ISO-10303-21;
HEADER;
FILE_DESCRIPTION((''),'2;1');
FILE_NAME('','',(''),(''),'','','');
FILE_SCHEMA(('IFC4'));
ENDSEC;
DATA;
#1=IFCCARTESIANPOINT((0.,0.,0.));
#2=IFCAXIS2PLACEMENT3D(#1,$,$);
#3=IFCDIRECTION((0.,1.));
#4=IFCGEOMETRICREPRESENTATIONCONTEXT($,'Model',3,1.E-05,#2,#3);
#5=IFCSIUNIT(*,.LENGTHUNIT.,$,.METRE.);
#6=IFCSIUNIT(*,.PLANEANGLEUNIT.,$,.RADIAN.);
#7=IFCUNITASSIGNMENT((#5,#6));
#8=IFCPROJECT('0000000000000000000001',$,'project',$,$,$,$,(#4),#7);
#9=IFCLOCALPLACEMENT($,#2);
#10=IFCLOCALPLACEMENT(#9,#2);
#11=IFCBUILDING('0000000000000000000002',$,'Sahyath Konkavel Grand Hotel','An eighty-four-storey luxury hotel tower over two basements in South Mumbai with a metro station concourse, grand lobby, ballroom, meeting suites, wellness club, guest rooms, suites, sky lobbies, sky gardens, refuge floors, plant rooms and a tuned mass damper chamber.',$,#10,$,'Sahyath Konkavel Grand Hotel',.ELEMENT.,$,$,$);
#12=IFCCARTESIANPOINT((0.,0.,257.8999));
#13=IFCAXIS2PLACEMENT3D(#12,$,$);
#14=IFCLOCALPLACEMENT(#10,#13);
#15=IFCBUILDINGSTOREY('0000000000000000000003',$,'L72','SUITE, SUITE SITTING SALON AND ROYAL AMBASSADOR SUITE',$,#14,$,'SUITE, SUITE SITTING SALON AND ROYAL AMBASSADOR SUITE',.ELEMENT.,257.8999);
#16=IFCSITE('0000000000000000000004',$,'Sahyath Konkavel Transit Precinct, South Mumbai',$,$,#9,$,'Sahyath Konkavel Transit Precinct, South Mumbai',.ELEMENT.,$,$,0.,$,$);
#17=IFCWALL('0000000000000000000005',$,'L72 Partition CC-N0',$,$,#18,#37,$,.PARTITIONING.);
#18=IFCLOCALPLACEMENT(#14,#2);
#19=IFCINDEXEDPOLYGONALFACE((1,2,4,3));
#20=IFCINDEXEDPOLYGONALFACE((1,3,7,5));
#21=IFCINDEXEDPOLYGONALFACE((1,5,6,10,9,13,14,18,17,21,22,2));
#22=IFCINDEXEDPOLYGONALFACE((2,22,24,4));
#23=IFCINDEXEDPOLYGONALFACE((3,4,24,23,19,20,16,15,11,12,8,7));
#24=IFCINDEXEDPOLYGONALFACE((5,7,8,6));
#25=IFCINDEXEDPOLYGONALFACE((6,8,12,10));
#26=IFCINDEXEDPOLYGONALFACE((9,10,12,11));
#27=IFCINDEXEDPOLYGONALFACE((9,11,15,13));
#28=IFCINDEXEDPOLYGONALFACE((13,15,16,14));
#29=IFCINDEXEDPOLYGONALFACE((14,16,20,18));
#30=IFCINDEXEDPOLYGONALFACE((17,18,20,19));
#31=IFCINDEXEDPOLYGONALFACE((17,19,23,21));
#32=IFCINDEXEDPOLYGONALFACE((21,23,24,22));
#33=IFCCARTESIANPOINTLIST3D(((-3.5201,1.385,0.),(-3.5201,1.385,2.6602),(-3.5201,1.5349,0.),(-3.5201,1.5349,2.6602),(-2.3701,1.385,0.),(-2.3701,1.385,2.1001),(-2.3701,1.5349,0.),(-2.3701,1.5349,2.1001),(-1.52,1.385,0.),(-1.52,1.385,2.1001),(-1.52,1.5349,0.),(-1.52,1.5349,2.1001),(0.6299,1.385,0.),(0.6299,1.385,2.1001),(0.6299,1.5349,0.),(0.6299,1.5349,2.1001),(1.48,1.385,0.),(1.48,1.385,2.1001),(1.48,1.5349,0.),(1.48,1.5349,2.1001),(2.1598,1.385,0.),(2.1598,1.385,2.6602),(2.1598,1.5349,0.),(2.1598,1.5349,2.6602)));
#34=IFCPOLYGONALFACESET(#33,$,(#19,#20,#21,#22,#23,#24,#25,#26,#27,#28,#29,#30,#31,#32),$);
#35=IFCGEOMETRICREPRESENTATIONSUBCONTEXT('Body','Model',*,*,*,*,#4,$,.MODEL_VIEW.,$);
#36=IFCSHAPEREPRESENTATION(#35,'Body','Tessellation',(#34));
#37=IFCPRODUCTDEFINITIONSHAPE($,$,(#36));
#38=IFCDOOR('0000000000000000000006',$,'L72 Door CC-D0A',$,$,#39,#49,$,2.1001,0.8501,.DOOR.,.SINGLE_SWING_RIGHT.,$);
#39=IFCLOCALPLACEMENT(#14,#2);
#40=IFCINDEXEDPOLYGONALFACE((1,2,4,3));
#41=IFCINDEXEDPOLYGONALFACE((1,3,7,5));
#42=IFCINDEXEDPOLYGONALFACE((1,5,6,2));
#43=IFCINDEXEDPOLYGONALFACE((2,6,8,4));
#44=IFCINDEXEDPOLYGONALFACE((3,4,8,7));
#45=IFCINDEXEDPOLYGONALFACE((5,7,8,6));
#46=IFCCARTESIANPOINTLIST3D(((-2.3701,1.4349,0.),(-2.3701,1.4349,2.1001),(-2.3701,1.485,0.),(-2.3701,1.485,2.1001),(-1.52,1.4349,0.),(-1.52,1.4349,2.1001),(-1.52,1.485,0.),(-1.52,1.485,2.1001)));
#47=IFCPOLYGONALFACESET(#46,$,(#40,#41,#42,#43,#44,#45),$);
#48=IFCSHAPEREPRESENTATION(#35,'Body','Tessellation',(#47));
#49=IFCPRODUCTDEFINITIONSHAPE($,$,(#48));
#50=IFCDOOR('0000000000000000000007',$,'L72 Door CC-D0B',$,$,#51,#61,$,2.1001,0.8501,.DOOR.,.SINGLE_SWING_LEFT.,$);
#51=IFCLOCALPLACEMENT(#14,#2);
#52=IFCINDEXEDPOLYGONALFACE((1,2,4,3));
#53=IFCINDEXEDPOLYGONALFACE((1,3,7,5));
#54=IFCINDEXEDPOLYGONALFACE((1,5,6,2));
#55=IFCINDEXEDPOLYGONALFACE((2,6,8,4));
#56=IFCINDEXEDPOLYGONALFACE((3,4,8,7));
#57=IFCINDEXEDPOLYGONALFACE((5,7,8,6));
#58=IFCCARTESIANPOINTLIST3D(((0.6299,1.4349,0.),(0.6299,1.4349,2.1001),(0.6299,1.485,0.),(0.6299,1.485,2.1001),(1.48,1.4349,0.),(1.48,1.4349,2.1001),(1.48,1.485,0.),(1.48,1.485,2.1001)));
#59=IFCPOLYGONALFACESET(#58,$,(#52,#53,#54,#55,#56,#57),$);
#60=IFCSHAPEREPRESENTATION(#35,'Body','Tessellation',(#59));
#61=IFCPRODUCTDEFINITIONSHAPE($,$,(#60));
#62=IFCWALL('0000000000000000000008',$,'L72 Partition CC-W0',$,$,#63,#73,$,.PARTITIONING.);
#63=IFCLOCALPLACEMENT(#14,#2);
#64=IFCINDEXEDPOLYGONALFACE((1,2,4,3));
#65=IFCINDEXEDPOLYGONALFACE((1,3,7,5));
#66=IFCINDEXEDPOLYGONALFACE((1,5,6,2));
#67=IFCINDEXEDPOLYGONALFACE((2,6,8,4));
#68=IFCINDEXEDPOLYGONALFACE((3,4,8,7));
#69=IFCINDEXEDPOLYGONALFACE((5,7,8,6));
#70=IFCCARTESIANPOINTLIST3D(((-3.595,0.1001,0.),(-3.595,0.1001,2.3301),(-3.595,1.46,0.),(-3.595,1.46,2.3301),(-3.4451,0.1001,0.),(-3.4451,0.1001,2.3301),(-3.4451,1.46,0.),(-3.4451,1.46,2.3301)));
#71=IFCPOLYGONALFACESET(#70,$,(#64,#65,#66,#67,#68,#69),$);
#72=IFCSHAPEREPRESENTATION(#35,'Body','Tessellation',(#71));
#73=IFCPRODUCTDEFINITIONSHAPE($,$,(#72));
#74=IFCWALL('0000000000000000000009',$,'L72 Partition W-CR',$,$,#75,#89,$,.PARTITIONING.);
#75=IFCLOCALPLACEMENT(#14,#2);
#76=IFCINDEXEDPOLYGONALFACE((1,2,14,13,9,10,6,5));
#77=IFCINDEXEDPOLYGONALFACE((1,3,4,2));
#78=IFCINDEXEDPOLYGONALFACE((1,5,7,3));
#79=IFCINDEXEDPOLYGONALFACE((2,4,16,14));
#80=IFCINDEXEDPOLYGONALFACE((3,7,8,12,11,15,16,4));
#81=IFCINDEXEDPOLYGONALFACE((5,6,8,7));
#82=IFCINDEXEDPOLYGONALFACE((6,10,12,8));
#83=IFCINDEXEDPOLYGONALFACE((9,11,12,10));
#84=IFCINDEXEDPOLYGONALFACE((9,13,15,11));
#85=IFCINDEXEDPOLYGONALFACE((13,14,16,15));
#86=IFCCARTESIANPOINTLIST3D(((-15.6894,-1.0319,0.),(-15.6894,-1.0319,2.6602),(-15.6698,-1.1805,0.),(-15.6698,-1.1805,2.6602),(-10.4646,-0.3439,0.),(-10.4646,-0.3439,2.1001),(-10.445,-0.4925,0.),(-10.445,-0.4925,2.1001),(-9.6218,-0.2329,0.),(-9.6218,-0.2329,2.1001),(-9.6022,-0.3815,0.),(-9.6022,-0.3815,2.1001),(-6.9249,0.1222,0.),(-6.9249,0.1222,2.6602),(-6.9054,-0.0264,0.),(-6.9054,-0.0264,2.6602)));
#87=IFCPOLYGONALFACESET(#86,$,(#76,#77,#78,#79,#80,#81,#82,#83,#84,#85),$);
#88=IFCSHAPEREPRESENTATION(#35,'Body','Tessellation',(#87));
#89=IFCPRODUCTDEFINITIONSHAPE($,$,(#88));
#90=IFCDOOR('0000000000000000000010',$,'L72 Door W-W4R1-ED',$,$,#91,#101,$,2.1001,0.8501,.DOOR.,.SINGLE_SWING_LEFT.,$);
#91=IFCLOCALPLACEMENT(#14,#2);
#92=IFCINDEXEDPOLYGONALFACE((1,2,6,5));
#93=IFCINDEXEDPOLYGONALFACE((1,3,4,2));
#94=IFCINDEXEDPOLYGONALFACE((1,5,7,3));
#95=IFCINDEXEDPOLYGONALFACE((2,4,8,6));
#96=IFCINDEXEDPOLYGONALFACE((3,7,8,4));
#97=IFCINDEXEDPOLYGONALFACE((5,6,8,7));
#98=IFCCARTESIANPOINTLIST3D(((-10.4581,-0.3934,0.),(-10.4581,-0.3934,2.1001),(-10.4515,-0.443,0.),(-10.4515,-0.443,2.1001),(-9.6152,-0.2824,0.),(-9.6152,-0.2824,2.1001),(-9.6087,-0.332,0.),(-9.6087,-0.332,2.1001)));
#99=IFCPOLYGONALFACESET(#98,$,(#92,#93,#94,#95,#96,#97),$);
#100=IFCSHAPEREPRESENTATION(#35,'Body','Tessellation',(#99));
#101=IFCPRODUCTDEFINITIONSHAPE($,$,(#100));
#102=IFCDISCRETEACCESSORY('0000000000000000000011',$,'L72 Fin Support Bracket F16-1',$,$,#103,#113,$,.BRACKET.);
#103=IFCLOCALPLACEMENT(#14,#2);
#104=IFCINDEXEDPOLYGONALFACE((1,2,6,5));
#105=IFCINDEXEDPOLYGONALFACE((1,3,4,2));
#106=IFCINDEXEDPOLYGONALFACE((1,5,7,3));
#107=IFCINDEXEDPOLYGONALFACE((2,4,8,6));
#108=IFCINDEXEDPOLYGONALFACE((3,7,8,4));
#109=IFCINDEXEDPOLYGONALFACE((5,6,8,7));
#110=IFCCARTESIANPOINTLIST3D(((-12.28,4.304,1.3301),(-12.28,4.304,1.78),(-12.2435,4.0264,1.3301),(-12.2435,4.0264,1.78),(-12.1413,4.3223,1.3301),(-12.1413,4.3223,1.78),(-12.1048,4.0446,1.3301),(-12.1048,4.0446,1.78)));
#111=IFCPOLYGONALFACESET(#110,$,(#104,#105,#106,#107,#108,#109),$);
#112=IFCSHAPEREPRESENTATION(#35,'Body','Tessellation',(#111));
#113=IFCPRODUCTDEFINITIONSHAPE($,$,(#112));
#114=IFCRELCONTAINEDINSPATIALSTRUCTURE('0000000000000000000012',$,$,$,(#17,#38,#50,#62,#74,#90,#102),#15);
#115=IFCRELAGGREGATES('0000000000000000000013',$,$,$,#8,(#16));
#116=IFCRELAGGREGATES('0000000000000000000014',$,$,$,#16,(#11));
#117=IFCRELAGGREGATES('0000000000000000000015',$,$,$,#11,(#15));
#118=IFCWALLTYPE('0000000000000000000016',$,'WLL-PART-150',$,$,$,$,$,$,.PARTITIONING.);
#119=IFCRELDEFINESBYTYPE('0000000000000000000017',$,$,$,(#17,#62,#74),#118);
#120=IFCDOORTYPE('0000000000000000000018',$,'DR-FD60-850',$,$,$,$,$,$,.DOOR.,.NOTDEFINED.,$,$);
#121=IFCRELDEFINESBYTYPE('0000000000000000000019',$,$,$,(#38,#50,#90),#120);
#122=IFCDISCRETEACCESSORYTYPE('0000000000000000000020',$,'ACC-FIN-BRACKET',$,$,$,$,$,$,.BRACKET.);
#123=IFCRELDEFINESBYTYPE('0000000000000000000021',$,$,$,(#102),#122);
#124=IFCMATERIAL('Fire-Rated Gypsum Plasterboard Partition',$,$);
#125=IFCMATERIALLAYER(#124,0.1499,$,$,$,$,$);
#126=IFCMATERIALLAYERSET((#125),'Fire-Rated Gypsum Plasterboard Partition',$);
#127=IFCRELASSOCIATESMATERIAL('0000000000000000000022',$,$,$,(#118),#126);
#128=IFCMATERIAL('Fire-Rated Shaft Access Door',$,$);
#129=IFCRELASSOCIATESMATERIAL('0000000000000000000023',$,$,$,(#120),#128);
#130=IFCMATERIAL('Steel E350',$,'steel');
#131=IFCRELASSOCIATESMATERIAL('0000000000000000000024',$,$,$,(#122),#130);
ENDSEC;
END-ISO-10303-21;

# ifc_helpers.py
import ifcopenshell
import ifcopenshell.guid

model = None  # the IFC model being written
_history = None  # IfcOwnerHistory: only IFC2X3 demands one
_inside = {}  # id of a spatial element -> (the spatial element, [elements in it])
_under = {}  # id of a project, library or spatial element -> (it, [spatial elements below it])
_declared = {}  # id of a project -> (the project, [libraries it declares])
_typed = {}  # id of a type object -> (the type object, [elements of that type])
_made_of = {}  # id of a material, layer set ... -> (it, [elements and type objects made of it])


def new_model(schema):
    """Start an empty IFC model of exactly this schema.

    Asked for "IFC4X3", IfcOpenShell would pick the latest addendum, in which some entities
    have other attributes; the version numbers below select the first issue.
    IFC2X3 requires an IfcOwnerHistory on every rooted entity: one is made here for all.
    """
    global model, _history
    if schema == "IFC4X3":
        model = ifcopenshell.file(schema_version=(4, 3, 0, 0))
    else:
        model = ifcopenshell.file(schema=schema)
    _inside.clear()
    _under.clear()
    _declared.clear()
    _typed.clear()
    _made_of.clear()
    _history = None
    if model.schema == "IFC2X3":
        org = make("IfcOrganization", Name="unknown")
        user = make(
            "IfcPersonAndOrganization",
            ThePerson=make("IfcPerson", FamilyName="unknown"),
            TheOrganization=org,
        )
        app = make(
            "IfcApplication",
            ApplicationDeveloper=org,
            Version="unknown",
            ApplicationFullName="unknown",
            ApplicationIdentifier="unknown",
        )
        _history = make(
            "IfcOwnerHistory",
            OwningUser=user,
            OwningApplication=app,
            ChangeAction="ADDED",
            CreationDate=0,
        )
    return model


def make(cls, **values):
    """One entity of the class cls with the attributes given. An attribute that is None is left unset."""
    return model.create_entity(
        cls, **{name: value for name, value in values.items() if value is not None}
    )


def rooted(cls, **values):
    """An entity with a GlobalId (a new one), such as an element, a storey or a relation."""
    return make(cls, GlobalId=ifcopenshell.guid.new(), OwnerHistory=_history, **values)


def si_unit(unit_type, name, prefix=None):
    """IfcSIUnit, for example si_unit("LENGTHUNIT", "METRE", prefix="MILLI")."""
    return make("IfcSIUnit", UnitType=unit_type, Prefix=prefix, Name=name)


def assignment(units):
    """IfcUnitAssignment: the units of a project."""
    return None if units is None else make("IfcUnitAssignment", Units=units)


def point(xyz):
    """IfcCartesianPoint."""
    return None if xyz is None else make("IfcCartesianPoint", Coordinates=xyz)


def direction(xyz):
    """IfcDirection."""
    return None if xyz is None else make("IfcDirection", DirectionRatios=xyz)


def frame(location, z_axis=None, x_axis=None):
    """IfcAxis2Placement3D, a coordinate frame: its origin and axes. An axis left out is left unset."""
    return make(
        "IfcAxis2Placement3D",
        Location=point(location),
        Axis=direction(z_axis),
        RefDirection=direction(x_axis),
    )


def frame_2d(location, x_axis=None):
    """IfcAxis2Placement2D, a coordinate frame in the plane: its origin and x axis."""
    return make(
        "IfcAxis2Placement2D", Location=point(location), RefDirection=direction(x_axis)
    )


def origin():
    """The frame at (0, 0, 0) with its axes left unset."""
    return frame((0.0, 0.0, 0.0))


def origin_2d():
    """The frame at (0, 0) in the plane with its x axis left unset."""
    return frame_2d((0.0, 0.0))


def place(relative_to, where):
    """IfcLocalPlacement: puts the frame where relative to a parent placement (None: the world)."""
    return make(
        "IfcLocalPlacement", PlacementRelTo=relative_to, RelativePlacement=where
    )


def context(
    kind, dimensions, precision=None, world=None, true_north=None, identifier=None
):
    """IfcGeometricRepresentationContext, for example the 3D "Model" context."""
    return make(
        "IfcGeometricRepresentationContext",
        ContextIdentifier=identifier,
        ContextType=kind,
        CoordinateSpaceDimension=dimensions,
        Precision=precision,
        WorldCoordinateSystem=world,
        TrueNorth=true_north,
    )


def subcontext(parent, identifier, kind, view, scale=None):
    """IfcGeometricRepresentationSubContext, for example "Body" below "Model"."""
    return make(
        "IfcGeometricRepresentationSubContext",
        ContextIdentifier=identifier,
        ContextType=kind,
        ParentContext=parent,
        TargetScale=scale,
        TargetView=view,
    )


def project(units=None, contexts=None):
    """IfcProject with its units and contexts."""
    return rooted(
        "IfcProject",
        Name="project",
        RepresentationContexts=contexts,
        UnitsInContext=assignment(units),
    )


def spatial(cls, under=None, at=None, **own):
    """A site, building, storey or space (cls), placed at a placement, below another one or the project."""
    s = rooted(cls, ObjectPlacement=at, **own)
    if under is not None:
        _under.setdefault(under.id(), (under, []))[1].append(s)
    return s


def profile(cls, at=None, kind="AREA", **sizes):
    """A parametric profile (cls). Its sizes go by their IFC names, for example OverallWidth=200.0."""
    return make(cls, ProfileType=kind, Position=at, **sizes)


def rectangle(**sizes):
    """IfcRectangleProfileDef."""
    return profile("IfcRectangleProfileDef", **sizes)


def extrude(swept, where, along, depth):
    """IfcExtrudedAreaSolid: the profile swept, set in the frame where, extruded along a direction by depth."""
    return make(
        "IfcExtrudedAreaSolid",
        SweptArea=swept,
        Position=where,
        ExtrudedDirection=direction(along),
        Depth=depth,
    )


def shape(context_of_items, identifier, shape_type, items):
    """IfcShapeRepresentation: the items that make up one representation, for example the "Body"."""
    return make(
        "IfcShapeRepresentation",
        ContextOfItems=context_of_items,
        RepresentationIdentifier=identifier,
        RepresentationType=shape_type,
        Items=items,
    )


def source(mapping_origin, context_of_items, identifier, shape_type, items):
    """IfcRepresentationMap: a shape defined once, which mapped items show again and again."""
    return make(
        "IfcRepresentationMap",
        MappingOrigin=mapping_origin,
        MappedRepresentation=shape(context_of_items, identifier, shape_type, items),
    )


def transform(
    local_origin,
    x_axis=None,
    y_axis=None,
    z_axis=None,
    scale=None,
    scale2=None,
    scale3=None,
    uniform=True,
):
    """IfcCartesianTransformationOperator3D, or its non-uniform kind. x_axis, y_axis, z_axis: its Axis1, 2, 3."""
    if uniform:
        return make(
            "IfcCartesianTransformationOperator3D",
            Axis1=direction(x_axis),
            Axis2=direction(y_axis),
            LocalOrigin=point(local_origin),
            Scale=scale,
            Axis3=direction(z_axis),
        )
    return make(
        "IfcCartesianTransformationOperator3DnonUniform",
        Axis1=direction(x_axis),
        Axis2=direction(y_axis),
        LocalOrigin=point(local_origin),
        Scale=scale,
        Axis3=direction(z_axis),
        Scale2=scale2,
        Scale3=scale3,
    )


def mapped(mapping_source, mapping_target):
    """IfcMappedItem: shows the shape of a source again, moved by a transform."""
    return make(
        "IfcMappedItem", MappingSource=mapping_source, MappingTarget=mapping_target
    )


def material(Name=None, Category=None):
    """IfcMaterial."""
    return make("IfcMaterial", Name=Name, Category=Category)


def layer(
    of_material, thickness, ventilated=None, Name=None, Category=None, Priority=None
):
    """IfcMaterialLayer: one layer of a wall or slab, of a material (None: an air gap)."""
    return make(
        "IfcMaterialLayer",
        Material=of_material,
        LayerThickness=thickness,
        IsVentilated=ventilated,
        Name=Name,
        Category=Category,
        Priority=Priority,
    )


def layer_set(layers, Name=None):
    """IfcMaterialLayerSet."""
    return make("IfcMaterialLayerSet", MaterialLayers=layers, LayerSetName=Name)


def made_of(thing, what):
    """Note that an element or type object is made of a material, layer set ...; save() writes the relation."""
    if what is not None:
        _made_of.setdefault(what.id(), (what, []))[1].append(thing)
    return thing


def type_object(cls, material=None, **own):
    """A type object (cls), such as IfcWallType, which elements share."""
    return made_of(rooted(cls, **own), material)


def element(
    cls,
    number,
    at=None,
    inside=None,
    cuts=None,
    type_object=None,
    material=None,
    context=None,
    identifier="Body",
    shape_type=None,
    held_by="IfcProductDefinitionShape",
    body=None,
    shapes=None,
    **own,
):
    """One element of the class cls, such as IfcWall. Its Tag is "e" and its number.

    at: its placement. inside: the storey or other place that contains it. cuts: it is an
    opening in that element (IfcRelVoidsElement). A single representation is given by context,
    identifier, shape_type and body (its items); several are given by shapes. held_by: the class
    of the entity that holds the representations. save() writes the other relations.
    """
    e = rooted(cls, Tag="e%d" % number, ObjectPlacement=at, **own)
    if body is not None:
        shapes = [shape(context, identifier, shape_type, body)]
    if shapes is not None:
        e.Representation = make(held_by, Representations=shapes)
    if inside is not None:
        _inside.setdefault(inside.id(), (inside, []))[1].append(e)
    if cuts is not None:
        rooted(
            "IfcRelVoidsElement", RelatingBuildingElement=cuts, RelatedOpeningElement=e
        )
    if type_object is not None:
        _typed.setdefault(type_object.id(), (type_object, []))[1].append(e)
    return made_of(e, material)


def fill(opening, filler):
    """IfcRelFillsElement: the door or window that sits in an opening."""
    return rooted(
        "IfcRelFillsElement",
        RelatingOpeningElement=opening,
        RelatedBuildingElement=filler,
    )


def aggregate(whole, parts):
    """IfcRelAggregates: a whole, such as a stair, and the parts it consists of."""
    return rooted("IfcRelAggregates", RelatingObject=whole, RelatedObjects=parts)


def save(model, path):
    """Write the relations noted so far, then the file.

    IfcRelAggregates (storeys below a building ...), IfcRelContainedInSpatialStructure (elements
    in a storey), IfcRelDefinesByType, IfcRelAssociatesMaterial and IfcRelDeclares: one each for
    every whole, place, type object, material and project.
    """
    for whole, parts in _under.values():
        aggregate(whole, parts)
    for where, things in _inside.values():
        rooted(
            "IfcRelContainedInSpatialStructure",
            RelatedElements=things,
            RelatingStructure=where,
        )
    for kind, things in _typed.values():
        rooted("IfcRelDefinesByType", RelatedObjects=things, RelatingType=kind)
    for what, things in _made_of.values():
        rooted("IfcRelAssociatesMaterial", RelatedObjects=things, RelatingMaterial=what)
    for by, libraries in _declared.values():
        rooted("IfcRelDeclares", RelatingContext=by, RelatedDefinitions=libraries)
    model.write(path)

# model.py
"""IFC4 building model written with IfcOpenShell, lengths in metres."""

from ifc_helpers import new_model, si_unit, direction, frame, frame_2d, origin, origin_2d, place, context, subcontext, project, spatial, rectangle, extrude, source, transform, mapped, material, layer, layer_set, type_object, element, fill, save


model = new_model("IFC4")

# Units and contexts
model_context = context("Model", 3, precision=1e-05, world=origin(), true_north=direction((0.0, 1.0)))
body_context = subcontext(model_context, "Body", "Model", "MODEL_VIEW")
ifc_project = project(units=[si_unit("LENGTHUNIT", "METRE"), si_unit("PLANEANGLEUNIT", "RADIAN")], contexts=[model_context])

# Site, building, storey
site_placement = place(None, origin())
site = spatial("IfcSite", under=ifc_project, at=site_placement, Name="Sahyath Konkavel Transit Precinct, South Mumbai", LongName="Sahyath Konkavel Transit Precinct, South Mumbai", CompositionType="ELEMENT", RefElevation=0.0)
building_placement = place(site_placement, origin())
building = spatial("IfcBuilding", under=site, at=building_placement, Name="Sahyath Konkavel Grand Hotel", Description="An eighty-four-storey luxury hotel tower over two basements in South Mumbai with a metro station concourse, grand lobby, ballroom, meeting suites, wellness club, guest rooms, suites, sky lobbies, sky gardens, refuge floors, plant rooms and a tuned mass damper chamber.", LongName="Sahyath Konkavel Grand Hotel", CompositionType="ELEMENT")
storey_placement = place(building_placement, frame((0.0, 0.0, 257.8999)))
storey = spatial("IfcBuildingStorey", under=building, at=storey_placement, Name="L72", Description="SUITE, SUITE SITTING SALON AND ROYAL AMBASSADOR SUITE", LongName="SUITE, SUITE SITTING SALON AND ROYAL AMBASSADOR SUITE", CompositionType="ELEMENT", Elevation=257.8999)

# Shared definitions
ifc_material_1 = material(Name="Steel E350", Category="steel")

# Shared definitions
ifc_material_2 = material(Name="Fire-Rated Gypsum Plasterboard Partition")
ifc_layer_1 = layer(ifc_material_2, 0.1499)
ifc_layer_set_1 = layer_set([ifc_layer_1], Name="Fire-Rated Gypsum Plasterboard Partition")
wall_type_1 = type_object("IfcWallType", Name="WLL-PART-150", PredefinedType="PARTITIONING", material=ifc_layer_set_1)

# Wall, openings, doors
wall_1_placement = place(storey_placement, frame((-3.52, 1.46, 0.0), z_axis=(0.0, 0.0, 1.0), x_axis=(1.0, 0.0, 0.0)))
wall_1 = element("IfcWall", 1, at=wall_1_placement, inside=storey, type_object=wall_type_1, Name="L72 Partition CC-N0", PredefinedType="PARTITIONING", context=body_context, shape_type="SweptSolid", body=[
    extrude(rectangle(XDim=5.6799, YDim=0.1499, at=frame_2d((2.8398, 0.0))), origin(), (0.0, 0.0, 1.0), 2.6602),
])
opening_1_placement = place(wall_1_placement, frame((1.1499, 0.0, 0.0)))
opening_1 = element("IfcOpeningElement", 2, at=opening_1_placement, cuts=wall_1, PredefinedType="OPENING", context=body_context, shape_type="SweptSolid", body=[
    extrude(rectangle(XDim=0.8501, YDim=2.1001, at=frame_2d((0.425, 1.05))), frame((0.0, 0.085, 0.0), z_axis=(0.0, -1.0, 0.0), x_axis=(1.0, 0.0, 0.0)), (0.0, 0.0, 1.0), 0.1699),
])
opening_2_placement = place(wall_1_placement, frame((4.1499, 0.0, 0.0)))
opening_2 = element("IfcOpeningElement", 3, at=opening_2_placement, cuts=wall_1, PredefinedType="OPENING", context=body_context, shape_type="SweptSolid", body=[
    extrude(rectangle(XDim=0.8501, YDim=2.1001, at=frame_2d((0.425, 1.05))), frame((0.0, 0.085, 0.0), z_axis=(0.0, -1.0, 0.0), x_axis=(1.0, 0.0, 0.0)), (0.0, 0.0, 1.0), 0.1699),
])
ifc_material_3 = material(Name="Fire-Rated Shaft Access Door")
door_type_1 = type_object("IfcDoorType", Name="DR-FD60-850", OperationType="NOTDEFINED", PredefinedType="DOOR", material=ifc_material_3)
shared_shape_1 = source(origin(), body_context, "Body", "SweptSolid", [
    extrude(rectangle(XDim=0.8501, YDim=0.05, at=origin_2d()), origin(), (0.0, 0.0, 1.0), 2.1001),
])
door_1_placement = place(opening_1_placement, frame((0.425, 0.0, 0.0)))
door_1 = element("IfcDoor", 4, at=door_1_placement, inside=storey, type_object=door_type_1, Name="L72 Door CC-D0A", OperationType="SINGLE_SWING_RIGHT", OverallHeight=2.1001, OverallWidth=0.8501, PredefinedType="DOOR", context=body_context, shape_type="MappedRepresentation", body=[
    mapped(shared_shape_1, transform((0.0, 0.0, 0.0), scale=1.0)),
])
fill(opening_1, door_1)
door_2_placement = place(opening_2_placement, frame((0.425, 0.0, 0.0)))
door_2 = element("IfcDoor", 5, at=door_2_placement, inside=storey, type_object=door_type_1, Name="L72 Door CC-D0B", OperationType="SINGLE_SWING_LEFT", OverallHeight=2.1001, OverallWidth=0.8501, PredefinedType="DOOR", context=body_context, shape_type="MappedRepresentation", body=[
    mapped(shared_shape_1, transform((0.0, 0.0, 0.0), scale=1.0)),
])
fill(opening_2, door_2)

# Wall
wall_2_placement = place(storey_placement, frame((-3.52, 0.1001, 0.0), z_axis=(0.0, 0.0, 1.0), x_axis=(0.0, 1.0, 0.0)))
element("IfcWall", 6, at=wall_2_placement, inside=storey, type_object=wall_type_1, Name="L72 Partition CC-W0", PredefinedType="PARTITIONING", context=body_context, shape_type="SweptSolid", body=[
    extrude(rectangle(XDim=1.3599, YDim=0.1499, at=frame_2d((0.6799, 0.0))), origin(), (0.0, 0.0, 1.0), 2.3301),
])

# Wall, opening, door
wall_3_placement = place(storey_placement, frame((-6.9153, 0.0479, 0.0), z_axis=(0.0, 0.0, 1.0), x_axis=(-0.991442, -0.130548, 0.0)))
wall_3 = element("IfcWall", 7, at=wall_3_placement, inside=storey, type_object=wall_type_1, Name="L72 Partition W-CR", PredefinedType="PARTITIONING", context=body_context, shape_type="SweptSolid", body=[
    extrude(rectangle(XDim=8.8401, YDim=0.1499, at=frame_2d((4.4199, 0.0))), origin(), (0.0, 0.0, 1.0), 2.6602),
])
opening_3_placement = place(wall_3_placement, frame((2.72, 0.0, 0.0)))
opening_3 = element("IfcOpeningElement", 8, at=opening_3_placement, cuts=wall_3, PredefinedType="OPENING", context=body_context, shape_type="SweptSolid", body=[
    extrude(rectangle(XDim=0.8501, YDim=2.1001, at=frame_2d((0.425, 1.05))), frame((0.0, 0.085, 0.0), z_axis=(0.0, -1.0, 0.0), x_axis=(1.0, 0.0, 0.0)), (0.0, 0.0, 1.0), 0.1699),
])
door_3_placement = place(opening_3_placement, frame((0.425, 0.0, 0.0)))
door_3 = element("IfcDoor", 9, at=door_3_placement, inside=storey, type_object=door_type_1, Name="L72 Door W-W4R1-ED", OperationType="SINGLE_SWING_LEFT", OverallHeight=2.1001, OverallWidth=0.8501, PredefinedType="DOOR", context=body_context, shape_type="MappedRepresentation", body=[
    mapped(shared_shape_1, transform((0.0, 0.0, 0.0), scale=1.0)),
])
fill(opening_3, door_3)

# Discrete accessory
discrete_accessory_type = type_object("IfcDiscreteAccessoryType", Name="ACC-FIN-BRACKET", PredefinedType="BRACKET", material=ifc_material_1)
shared_shape_2 = source(origin(), body_context, "Body", "SweptSolid", [
    extrude(rectangle(XDim=0.28, YDim=0.1399, at=origin_2d()), origin(), (0.0, 0.0, 1.0), 0.45),
])
discrete_accessory_placement = place(storey_placement, frame((-12.1924, 4.1743, 1.3301), z_axis=(0.0, 0.0, 1.0), x_axis=(-0.130526, 0.991445, 0.0)))
element("IfcDiscreteAccessory", 10, at=discrete_accessory_placement, inside=storey, type_object=discrete_accessory_type, Name="L72 Fin Support Bracket F16-1", PredefinedType="BRACKET", context=body_context, shape_type="MappedRepresentation", body=[
    mapped(shared_shape_2, transform((0.0, 0.0, 0.0), scale=1.0)),
])

save(model, "model.ifc")
